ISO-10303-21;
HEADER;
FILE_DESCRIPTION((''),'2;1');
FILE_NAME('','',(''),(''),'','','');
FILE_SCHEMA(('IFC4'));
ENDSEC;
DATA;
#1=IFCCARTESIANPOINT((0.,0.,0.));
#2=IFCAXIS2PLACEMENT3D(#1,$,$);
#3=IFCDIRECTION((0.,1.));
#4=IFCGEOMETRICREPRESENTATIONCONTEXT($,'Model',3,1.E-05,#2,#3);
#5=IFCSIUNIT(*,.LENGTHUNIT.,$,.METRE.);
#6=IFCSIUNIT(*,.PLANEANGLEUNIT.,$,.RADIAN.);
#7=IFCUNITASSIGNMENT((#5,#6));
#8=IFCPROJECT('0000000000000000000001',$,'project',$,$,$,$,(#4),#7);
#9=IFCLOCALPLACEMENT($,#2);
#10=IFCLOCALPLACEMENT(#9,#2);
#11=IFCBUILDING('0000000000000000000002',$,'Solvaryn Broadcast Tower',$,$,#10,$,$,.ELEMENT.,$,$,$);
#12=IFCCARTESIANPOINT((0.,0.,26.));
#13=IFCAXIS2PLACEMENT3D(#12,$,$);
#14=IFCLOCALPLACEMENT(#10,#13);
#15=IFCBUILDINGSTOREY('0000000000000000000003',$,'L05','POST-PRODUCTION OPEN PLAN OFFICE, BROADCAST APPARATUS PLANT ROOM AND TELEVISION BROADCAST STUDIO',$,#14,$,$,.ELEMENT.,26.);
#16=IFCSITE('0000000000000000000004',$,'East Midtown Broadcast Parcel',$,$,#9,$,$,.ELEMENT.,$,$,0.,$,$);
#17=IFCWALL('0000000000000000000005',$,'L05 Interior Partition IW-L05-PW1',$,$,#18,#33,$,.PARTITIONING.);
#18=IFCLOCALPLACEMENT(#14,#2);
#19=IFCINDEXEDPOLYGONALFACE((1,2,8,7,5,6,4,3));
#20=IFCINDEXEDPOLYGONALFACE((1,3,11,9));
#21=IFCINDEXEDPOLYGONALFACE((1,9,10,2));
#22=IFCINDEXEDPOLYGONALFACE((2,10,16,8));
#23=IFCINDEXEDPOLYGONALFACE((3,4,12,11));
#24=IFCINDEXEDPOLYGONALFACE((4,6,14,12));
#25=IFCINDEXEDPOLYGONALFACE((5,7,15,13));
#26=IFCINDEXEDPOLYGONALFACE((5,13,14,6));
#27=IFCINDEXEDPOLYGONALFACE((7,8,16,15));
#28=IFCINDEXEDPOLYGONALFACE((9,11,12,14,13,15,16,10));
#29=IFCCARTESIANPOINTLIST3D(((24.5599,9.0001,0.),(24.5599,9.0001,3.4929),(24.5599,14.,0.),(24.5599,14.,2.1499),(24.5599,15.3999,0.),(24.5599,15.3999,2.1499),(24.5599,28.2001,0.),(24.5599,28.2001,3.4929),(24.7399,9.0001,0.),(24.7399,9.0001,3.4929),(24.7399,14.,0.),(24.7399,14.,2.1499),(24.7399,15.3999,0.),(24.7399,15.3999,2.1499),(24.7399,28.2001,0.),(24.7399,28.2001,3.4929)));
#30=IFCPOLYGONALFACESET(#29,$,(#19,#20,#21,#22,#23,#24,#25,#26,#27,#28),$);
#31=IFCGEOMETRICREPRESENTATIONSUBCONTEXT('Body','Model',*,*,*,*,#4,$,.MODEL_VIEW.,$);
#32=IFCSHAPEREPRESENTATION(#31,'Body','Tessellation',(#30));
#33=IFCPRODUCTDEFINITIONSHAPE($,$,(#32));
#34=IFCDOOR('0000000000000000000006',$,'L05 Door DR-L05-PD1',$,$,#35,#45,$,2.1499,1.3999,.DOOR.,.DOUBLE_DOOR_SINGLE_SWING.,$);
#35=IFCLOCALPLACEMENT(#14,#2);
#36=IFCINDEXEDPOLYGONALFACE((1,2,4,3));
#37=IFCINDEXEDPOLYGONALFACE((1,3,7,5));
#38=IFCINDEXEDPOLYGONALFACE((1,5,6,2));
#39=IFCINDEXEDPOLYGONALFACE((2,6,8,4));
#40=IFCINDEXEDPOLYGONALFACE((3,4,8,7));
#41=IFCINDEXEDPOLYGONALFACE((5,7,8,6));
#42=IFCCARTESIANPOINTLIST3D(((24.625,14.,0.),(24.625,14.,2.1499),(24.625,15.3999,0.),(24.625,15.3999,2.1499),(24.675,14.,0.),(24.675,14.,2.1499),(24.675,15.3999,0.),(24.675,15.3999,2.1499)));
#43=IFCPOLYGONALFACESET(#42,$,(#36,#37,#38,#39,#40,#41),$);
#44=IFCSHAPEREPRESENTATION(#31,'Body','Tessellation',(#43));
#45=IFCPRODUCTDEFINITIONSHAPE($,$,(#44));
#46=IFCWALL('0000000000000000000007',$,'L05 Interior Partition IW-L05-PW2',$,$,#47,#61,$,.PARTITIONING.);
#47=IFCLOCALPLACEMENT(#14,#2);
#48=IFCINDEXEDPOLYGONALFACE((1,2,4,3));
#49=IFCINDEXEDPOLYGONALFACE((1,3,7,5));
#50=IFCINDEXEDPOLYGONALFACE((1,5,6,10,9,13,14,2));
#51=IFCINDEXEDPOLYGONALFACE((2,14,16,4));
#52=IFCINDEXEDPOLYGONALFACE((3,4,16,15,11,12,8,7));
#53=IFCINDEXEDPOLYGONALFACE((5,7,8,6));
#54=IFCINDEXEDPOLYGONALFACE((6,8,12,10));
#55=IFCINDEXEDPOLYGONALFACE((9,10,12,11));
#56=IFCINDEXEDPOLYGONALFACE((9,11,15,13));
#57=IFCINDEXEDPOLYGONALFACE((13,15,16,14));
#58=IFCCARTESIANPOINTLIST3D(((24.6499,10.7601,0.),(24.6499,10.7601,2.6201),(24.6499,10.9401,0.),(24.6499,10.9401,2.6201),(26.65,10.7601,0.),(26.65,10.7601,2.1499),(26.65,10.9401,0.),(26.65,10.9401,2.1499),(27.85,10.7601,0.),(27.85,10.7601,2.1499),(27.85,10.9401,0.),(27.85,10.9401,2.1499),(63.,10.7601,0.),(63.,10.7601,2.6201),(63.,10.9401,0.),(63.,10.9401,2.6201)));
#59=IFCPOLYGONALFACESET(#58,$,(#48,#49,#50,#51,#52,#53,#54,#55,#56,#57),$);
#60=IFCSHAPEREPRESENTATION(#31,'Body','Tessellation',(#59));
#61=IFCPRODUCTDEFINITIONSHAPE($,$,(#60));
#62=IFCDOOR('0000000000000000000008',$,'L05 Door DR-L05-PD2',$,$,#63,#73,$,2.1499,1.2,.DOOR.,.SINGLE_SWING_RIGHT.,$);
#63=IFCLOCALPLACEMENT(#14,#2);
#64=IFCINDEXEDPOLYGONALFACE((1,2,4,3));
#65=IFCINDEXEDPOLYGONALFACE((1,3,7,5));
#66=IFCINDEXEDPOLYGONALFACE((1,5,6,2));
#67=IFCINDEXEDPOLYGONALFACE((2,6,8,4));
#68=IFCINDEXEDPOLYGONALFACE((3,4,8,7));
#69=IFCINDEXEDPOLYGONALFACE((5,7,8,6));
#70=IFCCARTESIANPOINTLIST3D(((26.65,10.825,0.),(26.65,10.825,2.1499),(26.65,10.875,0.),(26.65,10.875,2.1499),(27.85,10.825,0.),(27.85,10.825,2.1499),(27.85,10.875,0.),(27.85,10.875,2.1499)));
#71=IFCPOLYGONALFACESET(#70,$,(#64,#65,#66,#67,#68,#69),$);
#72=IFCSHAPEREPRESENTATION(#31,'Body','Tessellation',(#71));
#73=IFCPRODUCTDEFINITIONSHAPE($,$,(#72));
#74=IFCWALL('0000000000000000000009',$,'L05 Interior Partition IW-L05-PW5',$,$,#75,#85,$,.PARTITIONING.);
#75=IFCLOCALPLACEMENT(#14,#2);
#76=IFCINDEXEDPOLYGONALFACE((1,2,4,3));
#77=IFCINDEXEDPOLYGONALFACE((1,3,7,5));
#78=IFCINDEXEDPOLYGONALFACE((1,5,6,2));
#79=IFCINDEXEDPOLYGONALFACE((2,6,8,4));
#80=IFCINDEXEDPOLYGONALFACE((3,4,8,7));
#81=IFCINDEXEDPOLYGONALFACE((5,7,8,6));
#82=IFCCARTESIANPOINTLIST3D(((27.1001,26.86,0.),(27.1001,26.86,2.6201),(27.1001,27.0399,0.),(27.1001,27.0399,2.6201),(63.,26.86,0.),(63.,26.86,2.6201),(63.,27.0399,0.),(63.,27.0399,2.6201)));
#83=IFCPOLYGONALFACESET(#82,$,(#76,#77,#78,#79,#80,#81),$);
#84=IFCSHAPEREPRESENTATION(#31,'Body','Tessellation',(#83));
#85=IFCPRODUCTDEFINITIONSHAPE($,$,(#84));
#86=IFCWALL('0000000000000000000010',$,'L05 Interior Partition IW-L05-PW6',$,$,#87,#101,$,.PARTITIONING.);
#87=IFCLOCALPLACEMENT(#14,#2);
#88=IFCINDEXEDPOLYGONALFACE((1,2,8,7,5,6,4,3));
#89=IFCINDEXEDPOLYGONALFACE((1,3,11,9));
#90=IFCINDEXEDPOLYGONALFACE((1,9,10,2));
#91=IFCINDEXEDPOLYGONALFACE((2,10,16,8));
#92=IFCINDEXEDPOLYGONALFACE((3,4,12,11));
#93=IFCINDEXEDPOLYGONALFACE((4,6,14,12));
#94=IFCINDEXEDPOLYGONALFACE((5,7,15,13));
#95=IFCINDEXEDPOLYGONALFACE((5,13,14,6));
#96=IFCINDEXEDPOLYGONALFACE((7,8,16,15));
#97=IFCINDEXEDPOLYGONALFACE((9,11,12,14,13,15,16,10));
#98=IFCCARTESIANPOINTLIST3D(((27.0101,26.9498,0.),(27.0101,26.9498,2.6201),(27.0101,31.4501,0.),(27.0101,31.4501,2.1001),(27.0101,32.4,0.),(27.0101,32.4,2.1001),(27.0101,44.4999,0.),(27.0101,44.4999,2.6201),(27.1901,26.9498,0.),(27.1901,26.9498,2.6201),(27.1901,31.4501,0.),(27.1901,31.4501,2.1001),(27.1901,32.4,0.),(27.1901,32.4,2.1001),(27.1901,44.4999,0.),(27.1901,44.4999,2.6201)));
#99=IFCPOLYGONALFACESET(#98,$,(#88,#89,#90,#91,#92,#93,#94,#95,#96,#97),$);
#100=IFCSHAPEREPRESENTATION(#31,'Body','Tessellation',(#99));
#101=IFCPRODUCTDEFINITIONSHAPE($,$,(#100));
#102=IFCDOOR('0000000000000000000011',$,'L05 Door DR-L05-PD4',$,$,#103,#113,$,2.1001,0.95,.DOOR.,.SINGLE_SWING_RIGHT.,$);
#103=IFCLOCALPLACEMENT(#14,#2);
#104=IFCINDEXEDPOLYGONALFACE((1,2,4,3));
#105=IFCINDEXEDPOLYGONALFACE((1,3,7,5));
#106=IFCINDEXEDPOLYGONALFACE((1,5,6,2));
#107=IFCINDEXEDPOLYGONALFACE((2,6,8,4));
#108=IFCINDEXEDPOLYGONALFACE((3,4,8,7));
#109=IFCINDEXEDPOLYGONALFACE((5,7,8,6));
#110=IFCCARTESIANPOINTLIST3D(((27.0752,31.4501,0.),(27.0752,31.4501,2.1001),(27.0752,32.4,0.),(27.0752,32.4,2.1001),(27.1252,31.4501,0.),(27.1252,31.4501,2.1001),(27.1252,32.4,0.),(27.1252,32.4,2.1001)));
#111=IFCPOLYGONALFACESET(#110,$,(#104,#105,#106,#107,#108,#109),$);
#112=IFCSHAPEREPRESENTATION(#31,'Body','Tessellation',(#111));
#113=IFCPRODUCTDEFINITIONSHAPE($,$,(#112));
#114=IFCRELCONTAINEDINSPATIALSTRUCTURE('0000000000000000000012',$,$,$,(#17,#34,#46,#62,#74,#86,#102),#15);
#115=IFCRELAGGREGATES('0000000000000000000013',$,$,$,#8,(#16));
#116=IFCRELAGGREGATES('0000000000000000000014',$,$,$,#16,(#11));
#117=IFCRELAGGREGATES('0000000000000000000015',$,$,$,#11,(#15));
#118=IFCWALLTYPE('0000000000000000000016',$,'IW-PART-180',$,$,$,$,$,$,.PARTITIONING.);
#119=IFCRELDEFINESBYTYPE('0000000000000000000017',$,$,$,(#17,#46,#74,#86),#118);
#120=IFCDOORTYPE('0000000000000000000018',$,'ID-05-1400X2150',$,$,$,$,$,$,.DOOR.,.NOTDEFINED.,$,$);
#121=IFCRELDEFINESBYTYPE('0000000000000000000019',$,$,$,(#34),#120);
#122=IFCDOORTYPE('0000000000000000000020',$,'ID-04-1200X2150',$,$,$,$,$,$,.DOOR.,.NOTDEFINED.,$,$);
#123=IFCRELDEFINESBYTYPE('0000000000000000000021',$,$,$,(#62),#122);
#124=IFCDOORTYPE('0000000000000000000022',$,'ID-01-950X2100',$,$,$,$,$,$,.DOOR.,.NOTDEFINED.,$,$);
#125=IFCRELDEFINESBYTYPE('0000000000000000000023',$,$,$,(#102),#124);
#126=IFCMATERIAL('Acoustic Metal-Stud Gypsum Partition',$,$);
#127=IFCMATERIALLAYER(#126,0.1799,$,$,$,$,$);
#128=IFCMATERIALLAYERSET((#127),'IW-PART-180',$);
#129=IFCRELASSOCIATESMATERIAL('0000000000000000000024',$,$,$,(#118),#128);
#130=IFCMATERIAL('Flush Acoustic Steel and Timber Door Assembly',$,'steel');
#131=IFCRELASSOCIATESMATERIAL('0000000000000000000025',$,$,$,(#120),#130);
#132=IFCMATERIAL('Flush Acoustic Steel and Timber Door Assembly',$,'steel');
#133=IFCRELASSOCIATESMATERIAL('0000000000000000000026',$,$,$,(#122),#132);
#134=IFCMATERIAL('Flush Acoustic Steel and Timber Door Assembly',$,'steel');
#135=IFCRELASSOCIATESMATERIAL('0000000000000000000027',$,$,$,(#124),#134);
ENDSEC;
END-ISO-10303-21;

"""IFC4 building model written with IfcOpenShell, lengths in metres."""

from ifc_helpers import new_model, si_unit, direction, frame, frame_2d, origin, place, context, subcontext, project, spatial, rectangle, extrude, material, layer, layer_set, type_object, element, fill, save


model = new_model("IFC4")

# Units and contexts
model_context = context("Model", 3, precision=1e-05, world=origin(), true_north=direction((0.0, 1.0)))
body_context = subcontext(model_context, "Body", "Model", "MODEL_VIEW")
ifc_project = project(units=[si_unit("LENGTHUNIT", "METRE"), si_unit("PLANEANGLEUNIT", "RADIAN")], contexts=[model_context])

# Site, building, storey
site_placement = place(None, origin())
site = spatial("IfcSite", under=ifc_project, at=site_placement, Name="East Midtown Broadcast Parcel", CompositionType="ELEMENT", RefElevation=0.0)
building_placement = place(site_placement, origin())
building = spatial("IfcBuilding", under=site, at=building_placement, Name="Solvaryn Broadcast Tower", CompositionType="ELEMENT")
storey_placement = place(building_placement, frame((0.0, 0.0, 26.0)))
storey = spatial("IfcBuildingStorey", under=building, at=storey_placement, Name="L05", Description="POST-PRODUCTION OPEN PLAN OFFICE, BROADCAST APPARATUS PLANT ROOM AND TELEVISION BROADCAST STUDIO", CompositionType="ELEMENT", Elevation=26.0)

# Walls, openings, doors
ifc_material_1 = material(Name="Acoustic Metal-Stud Gypsum Partition")
ifc_layer_1 = layer(ifc_material_1, 0.1799)
ifc_layer_set_1 = layer_set([ifc_layer_1], Name="IW-PART-180")
wall_type_1 = type_object("IfcWallType", Name="IW-PART-180", PredefinedType="PARTITIONING", material=ifc_layer_set_1)
wall_1_placement = place(storey_placement, frame((24.6499, 9.0, 0.0), z_axis=(0.0, 0.0, 1.0), x_axis=(0.0, 1.0, 0.0)))
wall_1 = element("IfcWall", 1, at=wall_1_placement, inside=storey, type_object=wall_type_1, Name="L05 Interior Partition IW-L05-PW1", PredefinedType="PARTITIONING", context=body_context, shape_type="SweptSolid", body=[
    extrude(rectangle(XDim=19.2, YDim=0.1799, at=frame_2d((9.6001, 0.0))), origin(), (0.0, 0.0, 1.0), 3.4929),
])
opening_1_placement = place(wall_1_placement, frame((5.0, 0.0, 0.0)))
opening_1 = element("IfcOpeningElement", 2, at=opening_1_placement, cuts=wall_1, PredefinedType="OPENING", context=body_context, shape_type="SweptSolid", body=[
    extrude(rectangle(XDim=1.3999, YDim=2.1499, at=frame_2d((0.7, 1.075))), frame((0.0, 0.0999, 0.0), z_axis=(0.0, -1.0, 0.0), x_axis=(1.0, 0.0, 0.0)), (0.0, 0.0, 1.0), 0.2),
])
ifc_material_2 = material(Name="Flush Acoustic Steel and Timber Door Assembly", Category="steel")
door_type_1 = type_object("IfcDoorType", Name="ID-05-1400X2150", OperationType="NOTDEFINED", PredefinedType="DOOR", material=ifc_material_2)
door_1_placement = place(opening_1_placement, origin())
door_1 = element("IfcDoor", 3, at=door_1_placement, inside=storey, type_object=door_type_1, Name="L05 Door DR-L05-PD1", OperationType="DOUBLE_DOOR_SINGLE_SWING", OverallHeight=2.1499, OverallWidth=1.3999, PredefinedType="DOOR", context=body_context, shape_type="SweptSolid", body=[
    extrude(rectangle(XDim=1.3999, YDim=2.1499, at=frame_2d((0.7, 1.075))), frame((0.0, 0.0249, 0.0), z_axis=(0.0, -1.0, 0.0), x_axis=(1.0, 0.0, 0.0)), (0.0, 0.0, 1.0), 0.05),
])
fill(opening_1, door_1)
wall_2_placement = place(storey_placement, frame((24.6499, 10.8501, 0.0), z_axis=(0.0, 0.0, 1.0), x_axis=(1.0, 0.0, 0.0)))
wall_2 = element("IfcWall", 4, at=wall_2_placement, inside=storey, type_object=wall_type_1, Name="L05 Interior Partition IW-L05-PW2", PredefinedType="PARTITIONING", context=body_context, shape_type="SweptSolid", body=[
    extrude(rectangle(XDim=38.3501, YDim=0.1799, at=frame_2d((19.175, 0.0))), origin(), (0.0, 0.0, 1.0), 2.6201),
])
opening_2_placement = place(wall_2_placement, frame((2.0, 0.0, 0.0)))
opening_2 = element("IfcOpeningElement", 5, at=opening_2_placement, cuts=wall_2, PredefinedType="OPENING", context=body_context, shape_type="SweptSolid", body=[
    extrude(rectangle(XDim=1.2, YDim=2.1499, at=frame_2d((0.6001, 1.075))), frame((0.0, 0.0999, 0.0), z_axis=(0.0, -1.0, 0.0), x_axis=(1.0, 0.0, 0.0)), (0.0, 0.0, 1.0), 0.2),
])
ifc_material_3 = material(Name="Flush Acoustic Steel and Timber Door Assembly", Category="steel")
door_type_2 = type_object("IfcDoorType", Name="ID-04-1200X2150", OperationType="NOTDEFINED", PredefinedType="DOOR", material=ifc_material_3)
door_2_placement = place(opening_2_placement, origin())
door_2 = element("IfcDoor", 6, at=door_2_placement, inside=storey, type_object=door_type_2, Name="L05 Door DR-L05-PD2", OperationType="SINGLE_SWING_RIGHT", OverallHeight=2.1499, OverallWidth=1.2, PredefinedType="DOOR", context=body_context, shape_type="SweptSolid", body=[
    extrude(rectangle(XDim=1.2, YDim=2.1499, at=frame_2d((0.6001, 1.075))), frame((0.0, 0.0249, 0.0), z_axis=(0.0, -1.0, 0.0), x_axis=(1.0, 0.0, 0.0)), (0.0, 0.0, 1.0), 0.05),
])
fill(opening_2, door_2)

# Wall
wall_3_placement = place(storey_placement, frame((27.1001, 26.95, 0.0), z_axis=(0.0, 0.0, 1.0), x_axis=(1.0, 0.0, 0.0)))
element("IfcWall", 7, at=wall_3_placement, inside=storey, type_object=wall_type_1, Name="L05 Interior Partition IW-L05-PW5", PredefinedType="PARTITIONING", context=body_context, shape_type="SweptSolid", body=[
    extrude(rectangle(XDim=35.8999, YDim=0.1799, at=frame_2d((17.95, 0.0))), origin(), (0.0, 0.0, 1.0), 2.6201),
])

# Wall, opening, door
wall_4_placement = place(storey_placement, frame((27.1001, 26.95, 0.0), z_axis=(0.0, 0.0, 1.0), x_axis=(0.0, 1.0, 0.0)))
wall_4 = element("IfcWall", 8, at=wall_4_placement, inside=storey, type_object=wall_type_1, Name="L05 Interior Partition IW-L05-PW6", PredefinedType="PARTITIONING", context=body_context, shape_type="SweptSolid", body=[
    extrude(rectangle(XDim=17.55, YDim=0.1799, at=frame_2d((8.7749, 0.0))), origin(), (0.0, 0.0, 1.0), 2.6201),
])
opening_3_placement = place(wall_4_placement, frame((4.5, 0.0, 0.0)))
opening_3 = element("IfcOpeningElement", 9, at=opening_3_placement, cuts=wall_4, PredefinedType="OPENING", context=body_context, shape_type="SweptSolid", body=[
    extrude(rectangle(XDim=0.95, YDim=2.1001, at=frame_2d((0.4751, 1.05))), frame((0.0, 0.0999, 0.0), z_axis=(0.0, -1.0, 0.0), x_axis=(1.0, 0.0, 0.0)), (0.0, 0.0, 1.0), 0.2),
])
ifc_material_4 = material(Name="Flush Acoustic Steel and Timber Door Assembly", Category="steel")
door_type_3 = type_object("IfcDoorType", Name="ID-01-950X2100", OperationType="NOTDEFINED", PredefinedType="DOOR", material=ifc_material_4)
door_3_placement = place(opening_3_placement, origin())
door_3 = element("IfcDoor", 10, at=door_3_placement, inside=storey, type_object=door_type_3, Name="L05 Door DR-L05-PD4", OperationType="SINGLE_SWING_RIGHT", OverallHeight=2.1001, OverallWidth=0.95, PredefinedType="DOOR", context=body_context, shape_type="SweptSolid", body=[
    extrude(rectangle(XDim=0.95, YDim=2.1001, at=frame_2d((0.4751, 1.05))), frame((0.0, 0.0249, 0.0), z_axis=(0.0, -1.0, 0.0), x_axis=(1.0, 0.0, 0.0)), (0.0, 0.0, 1.0), 0.05),
])
fill(opening_3, door_3)

save(model, "model.ifc")
